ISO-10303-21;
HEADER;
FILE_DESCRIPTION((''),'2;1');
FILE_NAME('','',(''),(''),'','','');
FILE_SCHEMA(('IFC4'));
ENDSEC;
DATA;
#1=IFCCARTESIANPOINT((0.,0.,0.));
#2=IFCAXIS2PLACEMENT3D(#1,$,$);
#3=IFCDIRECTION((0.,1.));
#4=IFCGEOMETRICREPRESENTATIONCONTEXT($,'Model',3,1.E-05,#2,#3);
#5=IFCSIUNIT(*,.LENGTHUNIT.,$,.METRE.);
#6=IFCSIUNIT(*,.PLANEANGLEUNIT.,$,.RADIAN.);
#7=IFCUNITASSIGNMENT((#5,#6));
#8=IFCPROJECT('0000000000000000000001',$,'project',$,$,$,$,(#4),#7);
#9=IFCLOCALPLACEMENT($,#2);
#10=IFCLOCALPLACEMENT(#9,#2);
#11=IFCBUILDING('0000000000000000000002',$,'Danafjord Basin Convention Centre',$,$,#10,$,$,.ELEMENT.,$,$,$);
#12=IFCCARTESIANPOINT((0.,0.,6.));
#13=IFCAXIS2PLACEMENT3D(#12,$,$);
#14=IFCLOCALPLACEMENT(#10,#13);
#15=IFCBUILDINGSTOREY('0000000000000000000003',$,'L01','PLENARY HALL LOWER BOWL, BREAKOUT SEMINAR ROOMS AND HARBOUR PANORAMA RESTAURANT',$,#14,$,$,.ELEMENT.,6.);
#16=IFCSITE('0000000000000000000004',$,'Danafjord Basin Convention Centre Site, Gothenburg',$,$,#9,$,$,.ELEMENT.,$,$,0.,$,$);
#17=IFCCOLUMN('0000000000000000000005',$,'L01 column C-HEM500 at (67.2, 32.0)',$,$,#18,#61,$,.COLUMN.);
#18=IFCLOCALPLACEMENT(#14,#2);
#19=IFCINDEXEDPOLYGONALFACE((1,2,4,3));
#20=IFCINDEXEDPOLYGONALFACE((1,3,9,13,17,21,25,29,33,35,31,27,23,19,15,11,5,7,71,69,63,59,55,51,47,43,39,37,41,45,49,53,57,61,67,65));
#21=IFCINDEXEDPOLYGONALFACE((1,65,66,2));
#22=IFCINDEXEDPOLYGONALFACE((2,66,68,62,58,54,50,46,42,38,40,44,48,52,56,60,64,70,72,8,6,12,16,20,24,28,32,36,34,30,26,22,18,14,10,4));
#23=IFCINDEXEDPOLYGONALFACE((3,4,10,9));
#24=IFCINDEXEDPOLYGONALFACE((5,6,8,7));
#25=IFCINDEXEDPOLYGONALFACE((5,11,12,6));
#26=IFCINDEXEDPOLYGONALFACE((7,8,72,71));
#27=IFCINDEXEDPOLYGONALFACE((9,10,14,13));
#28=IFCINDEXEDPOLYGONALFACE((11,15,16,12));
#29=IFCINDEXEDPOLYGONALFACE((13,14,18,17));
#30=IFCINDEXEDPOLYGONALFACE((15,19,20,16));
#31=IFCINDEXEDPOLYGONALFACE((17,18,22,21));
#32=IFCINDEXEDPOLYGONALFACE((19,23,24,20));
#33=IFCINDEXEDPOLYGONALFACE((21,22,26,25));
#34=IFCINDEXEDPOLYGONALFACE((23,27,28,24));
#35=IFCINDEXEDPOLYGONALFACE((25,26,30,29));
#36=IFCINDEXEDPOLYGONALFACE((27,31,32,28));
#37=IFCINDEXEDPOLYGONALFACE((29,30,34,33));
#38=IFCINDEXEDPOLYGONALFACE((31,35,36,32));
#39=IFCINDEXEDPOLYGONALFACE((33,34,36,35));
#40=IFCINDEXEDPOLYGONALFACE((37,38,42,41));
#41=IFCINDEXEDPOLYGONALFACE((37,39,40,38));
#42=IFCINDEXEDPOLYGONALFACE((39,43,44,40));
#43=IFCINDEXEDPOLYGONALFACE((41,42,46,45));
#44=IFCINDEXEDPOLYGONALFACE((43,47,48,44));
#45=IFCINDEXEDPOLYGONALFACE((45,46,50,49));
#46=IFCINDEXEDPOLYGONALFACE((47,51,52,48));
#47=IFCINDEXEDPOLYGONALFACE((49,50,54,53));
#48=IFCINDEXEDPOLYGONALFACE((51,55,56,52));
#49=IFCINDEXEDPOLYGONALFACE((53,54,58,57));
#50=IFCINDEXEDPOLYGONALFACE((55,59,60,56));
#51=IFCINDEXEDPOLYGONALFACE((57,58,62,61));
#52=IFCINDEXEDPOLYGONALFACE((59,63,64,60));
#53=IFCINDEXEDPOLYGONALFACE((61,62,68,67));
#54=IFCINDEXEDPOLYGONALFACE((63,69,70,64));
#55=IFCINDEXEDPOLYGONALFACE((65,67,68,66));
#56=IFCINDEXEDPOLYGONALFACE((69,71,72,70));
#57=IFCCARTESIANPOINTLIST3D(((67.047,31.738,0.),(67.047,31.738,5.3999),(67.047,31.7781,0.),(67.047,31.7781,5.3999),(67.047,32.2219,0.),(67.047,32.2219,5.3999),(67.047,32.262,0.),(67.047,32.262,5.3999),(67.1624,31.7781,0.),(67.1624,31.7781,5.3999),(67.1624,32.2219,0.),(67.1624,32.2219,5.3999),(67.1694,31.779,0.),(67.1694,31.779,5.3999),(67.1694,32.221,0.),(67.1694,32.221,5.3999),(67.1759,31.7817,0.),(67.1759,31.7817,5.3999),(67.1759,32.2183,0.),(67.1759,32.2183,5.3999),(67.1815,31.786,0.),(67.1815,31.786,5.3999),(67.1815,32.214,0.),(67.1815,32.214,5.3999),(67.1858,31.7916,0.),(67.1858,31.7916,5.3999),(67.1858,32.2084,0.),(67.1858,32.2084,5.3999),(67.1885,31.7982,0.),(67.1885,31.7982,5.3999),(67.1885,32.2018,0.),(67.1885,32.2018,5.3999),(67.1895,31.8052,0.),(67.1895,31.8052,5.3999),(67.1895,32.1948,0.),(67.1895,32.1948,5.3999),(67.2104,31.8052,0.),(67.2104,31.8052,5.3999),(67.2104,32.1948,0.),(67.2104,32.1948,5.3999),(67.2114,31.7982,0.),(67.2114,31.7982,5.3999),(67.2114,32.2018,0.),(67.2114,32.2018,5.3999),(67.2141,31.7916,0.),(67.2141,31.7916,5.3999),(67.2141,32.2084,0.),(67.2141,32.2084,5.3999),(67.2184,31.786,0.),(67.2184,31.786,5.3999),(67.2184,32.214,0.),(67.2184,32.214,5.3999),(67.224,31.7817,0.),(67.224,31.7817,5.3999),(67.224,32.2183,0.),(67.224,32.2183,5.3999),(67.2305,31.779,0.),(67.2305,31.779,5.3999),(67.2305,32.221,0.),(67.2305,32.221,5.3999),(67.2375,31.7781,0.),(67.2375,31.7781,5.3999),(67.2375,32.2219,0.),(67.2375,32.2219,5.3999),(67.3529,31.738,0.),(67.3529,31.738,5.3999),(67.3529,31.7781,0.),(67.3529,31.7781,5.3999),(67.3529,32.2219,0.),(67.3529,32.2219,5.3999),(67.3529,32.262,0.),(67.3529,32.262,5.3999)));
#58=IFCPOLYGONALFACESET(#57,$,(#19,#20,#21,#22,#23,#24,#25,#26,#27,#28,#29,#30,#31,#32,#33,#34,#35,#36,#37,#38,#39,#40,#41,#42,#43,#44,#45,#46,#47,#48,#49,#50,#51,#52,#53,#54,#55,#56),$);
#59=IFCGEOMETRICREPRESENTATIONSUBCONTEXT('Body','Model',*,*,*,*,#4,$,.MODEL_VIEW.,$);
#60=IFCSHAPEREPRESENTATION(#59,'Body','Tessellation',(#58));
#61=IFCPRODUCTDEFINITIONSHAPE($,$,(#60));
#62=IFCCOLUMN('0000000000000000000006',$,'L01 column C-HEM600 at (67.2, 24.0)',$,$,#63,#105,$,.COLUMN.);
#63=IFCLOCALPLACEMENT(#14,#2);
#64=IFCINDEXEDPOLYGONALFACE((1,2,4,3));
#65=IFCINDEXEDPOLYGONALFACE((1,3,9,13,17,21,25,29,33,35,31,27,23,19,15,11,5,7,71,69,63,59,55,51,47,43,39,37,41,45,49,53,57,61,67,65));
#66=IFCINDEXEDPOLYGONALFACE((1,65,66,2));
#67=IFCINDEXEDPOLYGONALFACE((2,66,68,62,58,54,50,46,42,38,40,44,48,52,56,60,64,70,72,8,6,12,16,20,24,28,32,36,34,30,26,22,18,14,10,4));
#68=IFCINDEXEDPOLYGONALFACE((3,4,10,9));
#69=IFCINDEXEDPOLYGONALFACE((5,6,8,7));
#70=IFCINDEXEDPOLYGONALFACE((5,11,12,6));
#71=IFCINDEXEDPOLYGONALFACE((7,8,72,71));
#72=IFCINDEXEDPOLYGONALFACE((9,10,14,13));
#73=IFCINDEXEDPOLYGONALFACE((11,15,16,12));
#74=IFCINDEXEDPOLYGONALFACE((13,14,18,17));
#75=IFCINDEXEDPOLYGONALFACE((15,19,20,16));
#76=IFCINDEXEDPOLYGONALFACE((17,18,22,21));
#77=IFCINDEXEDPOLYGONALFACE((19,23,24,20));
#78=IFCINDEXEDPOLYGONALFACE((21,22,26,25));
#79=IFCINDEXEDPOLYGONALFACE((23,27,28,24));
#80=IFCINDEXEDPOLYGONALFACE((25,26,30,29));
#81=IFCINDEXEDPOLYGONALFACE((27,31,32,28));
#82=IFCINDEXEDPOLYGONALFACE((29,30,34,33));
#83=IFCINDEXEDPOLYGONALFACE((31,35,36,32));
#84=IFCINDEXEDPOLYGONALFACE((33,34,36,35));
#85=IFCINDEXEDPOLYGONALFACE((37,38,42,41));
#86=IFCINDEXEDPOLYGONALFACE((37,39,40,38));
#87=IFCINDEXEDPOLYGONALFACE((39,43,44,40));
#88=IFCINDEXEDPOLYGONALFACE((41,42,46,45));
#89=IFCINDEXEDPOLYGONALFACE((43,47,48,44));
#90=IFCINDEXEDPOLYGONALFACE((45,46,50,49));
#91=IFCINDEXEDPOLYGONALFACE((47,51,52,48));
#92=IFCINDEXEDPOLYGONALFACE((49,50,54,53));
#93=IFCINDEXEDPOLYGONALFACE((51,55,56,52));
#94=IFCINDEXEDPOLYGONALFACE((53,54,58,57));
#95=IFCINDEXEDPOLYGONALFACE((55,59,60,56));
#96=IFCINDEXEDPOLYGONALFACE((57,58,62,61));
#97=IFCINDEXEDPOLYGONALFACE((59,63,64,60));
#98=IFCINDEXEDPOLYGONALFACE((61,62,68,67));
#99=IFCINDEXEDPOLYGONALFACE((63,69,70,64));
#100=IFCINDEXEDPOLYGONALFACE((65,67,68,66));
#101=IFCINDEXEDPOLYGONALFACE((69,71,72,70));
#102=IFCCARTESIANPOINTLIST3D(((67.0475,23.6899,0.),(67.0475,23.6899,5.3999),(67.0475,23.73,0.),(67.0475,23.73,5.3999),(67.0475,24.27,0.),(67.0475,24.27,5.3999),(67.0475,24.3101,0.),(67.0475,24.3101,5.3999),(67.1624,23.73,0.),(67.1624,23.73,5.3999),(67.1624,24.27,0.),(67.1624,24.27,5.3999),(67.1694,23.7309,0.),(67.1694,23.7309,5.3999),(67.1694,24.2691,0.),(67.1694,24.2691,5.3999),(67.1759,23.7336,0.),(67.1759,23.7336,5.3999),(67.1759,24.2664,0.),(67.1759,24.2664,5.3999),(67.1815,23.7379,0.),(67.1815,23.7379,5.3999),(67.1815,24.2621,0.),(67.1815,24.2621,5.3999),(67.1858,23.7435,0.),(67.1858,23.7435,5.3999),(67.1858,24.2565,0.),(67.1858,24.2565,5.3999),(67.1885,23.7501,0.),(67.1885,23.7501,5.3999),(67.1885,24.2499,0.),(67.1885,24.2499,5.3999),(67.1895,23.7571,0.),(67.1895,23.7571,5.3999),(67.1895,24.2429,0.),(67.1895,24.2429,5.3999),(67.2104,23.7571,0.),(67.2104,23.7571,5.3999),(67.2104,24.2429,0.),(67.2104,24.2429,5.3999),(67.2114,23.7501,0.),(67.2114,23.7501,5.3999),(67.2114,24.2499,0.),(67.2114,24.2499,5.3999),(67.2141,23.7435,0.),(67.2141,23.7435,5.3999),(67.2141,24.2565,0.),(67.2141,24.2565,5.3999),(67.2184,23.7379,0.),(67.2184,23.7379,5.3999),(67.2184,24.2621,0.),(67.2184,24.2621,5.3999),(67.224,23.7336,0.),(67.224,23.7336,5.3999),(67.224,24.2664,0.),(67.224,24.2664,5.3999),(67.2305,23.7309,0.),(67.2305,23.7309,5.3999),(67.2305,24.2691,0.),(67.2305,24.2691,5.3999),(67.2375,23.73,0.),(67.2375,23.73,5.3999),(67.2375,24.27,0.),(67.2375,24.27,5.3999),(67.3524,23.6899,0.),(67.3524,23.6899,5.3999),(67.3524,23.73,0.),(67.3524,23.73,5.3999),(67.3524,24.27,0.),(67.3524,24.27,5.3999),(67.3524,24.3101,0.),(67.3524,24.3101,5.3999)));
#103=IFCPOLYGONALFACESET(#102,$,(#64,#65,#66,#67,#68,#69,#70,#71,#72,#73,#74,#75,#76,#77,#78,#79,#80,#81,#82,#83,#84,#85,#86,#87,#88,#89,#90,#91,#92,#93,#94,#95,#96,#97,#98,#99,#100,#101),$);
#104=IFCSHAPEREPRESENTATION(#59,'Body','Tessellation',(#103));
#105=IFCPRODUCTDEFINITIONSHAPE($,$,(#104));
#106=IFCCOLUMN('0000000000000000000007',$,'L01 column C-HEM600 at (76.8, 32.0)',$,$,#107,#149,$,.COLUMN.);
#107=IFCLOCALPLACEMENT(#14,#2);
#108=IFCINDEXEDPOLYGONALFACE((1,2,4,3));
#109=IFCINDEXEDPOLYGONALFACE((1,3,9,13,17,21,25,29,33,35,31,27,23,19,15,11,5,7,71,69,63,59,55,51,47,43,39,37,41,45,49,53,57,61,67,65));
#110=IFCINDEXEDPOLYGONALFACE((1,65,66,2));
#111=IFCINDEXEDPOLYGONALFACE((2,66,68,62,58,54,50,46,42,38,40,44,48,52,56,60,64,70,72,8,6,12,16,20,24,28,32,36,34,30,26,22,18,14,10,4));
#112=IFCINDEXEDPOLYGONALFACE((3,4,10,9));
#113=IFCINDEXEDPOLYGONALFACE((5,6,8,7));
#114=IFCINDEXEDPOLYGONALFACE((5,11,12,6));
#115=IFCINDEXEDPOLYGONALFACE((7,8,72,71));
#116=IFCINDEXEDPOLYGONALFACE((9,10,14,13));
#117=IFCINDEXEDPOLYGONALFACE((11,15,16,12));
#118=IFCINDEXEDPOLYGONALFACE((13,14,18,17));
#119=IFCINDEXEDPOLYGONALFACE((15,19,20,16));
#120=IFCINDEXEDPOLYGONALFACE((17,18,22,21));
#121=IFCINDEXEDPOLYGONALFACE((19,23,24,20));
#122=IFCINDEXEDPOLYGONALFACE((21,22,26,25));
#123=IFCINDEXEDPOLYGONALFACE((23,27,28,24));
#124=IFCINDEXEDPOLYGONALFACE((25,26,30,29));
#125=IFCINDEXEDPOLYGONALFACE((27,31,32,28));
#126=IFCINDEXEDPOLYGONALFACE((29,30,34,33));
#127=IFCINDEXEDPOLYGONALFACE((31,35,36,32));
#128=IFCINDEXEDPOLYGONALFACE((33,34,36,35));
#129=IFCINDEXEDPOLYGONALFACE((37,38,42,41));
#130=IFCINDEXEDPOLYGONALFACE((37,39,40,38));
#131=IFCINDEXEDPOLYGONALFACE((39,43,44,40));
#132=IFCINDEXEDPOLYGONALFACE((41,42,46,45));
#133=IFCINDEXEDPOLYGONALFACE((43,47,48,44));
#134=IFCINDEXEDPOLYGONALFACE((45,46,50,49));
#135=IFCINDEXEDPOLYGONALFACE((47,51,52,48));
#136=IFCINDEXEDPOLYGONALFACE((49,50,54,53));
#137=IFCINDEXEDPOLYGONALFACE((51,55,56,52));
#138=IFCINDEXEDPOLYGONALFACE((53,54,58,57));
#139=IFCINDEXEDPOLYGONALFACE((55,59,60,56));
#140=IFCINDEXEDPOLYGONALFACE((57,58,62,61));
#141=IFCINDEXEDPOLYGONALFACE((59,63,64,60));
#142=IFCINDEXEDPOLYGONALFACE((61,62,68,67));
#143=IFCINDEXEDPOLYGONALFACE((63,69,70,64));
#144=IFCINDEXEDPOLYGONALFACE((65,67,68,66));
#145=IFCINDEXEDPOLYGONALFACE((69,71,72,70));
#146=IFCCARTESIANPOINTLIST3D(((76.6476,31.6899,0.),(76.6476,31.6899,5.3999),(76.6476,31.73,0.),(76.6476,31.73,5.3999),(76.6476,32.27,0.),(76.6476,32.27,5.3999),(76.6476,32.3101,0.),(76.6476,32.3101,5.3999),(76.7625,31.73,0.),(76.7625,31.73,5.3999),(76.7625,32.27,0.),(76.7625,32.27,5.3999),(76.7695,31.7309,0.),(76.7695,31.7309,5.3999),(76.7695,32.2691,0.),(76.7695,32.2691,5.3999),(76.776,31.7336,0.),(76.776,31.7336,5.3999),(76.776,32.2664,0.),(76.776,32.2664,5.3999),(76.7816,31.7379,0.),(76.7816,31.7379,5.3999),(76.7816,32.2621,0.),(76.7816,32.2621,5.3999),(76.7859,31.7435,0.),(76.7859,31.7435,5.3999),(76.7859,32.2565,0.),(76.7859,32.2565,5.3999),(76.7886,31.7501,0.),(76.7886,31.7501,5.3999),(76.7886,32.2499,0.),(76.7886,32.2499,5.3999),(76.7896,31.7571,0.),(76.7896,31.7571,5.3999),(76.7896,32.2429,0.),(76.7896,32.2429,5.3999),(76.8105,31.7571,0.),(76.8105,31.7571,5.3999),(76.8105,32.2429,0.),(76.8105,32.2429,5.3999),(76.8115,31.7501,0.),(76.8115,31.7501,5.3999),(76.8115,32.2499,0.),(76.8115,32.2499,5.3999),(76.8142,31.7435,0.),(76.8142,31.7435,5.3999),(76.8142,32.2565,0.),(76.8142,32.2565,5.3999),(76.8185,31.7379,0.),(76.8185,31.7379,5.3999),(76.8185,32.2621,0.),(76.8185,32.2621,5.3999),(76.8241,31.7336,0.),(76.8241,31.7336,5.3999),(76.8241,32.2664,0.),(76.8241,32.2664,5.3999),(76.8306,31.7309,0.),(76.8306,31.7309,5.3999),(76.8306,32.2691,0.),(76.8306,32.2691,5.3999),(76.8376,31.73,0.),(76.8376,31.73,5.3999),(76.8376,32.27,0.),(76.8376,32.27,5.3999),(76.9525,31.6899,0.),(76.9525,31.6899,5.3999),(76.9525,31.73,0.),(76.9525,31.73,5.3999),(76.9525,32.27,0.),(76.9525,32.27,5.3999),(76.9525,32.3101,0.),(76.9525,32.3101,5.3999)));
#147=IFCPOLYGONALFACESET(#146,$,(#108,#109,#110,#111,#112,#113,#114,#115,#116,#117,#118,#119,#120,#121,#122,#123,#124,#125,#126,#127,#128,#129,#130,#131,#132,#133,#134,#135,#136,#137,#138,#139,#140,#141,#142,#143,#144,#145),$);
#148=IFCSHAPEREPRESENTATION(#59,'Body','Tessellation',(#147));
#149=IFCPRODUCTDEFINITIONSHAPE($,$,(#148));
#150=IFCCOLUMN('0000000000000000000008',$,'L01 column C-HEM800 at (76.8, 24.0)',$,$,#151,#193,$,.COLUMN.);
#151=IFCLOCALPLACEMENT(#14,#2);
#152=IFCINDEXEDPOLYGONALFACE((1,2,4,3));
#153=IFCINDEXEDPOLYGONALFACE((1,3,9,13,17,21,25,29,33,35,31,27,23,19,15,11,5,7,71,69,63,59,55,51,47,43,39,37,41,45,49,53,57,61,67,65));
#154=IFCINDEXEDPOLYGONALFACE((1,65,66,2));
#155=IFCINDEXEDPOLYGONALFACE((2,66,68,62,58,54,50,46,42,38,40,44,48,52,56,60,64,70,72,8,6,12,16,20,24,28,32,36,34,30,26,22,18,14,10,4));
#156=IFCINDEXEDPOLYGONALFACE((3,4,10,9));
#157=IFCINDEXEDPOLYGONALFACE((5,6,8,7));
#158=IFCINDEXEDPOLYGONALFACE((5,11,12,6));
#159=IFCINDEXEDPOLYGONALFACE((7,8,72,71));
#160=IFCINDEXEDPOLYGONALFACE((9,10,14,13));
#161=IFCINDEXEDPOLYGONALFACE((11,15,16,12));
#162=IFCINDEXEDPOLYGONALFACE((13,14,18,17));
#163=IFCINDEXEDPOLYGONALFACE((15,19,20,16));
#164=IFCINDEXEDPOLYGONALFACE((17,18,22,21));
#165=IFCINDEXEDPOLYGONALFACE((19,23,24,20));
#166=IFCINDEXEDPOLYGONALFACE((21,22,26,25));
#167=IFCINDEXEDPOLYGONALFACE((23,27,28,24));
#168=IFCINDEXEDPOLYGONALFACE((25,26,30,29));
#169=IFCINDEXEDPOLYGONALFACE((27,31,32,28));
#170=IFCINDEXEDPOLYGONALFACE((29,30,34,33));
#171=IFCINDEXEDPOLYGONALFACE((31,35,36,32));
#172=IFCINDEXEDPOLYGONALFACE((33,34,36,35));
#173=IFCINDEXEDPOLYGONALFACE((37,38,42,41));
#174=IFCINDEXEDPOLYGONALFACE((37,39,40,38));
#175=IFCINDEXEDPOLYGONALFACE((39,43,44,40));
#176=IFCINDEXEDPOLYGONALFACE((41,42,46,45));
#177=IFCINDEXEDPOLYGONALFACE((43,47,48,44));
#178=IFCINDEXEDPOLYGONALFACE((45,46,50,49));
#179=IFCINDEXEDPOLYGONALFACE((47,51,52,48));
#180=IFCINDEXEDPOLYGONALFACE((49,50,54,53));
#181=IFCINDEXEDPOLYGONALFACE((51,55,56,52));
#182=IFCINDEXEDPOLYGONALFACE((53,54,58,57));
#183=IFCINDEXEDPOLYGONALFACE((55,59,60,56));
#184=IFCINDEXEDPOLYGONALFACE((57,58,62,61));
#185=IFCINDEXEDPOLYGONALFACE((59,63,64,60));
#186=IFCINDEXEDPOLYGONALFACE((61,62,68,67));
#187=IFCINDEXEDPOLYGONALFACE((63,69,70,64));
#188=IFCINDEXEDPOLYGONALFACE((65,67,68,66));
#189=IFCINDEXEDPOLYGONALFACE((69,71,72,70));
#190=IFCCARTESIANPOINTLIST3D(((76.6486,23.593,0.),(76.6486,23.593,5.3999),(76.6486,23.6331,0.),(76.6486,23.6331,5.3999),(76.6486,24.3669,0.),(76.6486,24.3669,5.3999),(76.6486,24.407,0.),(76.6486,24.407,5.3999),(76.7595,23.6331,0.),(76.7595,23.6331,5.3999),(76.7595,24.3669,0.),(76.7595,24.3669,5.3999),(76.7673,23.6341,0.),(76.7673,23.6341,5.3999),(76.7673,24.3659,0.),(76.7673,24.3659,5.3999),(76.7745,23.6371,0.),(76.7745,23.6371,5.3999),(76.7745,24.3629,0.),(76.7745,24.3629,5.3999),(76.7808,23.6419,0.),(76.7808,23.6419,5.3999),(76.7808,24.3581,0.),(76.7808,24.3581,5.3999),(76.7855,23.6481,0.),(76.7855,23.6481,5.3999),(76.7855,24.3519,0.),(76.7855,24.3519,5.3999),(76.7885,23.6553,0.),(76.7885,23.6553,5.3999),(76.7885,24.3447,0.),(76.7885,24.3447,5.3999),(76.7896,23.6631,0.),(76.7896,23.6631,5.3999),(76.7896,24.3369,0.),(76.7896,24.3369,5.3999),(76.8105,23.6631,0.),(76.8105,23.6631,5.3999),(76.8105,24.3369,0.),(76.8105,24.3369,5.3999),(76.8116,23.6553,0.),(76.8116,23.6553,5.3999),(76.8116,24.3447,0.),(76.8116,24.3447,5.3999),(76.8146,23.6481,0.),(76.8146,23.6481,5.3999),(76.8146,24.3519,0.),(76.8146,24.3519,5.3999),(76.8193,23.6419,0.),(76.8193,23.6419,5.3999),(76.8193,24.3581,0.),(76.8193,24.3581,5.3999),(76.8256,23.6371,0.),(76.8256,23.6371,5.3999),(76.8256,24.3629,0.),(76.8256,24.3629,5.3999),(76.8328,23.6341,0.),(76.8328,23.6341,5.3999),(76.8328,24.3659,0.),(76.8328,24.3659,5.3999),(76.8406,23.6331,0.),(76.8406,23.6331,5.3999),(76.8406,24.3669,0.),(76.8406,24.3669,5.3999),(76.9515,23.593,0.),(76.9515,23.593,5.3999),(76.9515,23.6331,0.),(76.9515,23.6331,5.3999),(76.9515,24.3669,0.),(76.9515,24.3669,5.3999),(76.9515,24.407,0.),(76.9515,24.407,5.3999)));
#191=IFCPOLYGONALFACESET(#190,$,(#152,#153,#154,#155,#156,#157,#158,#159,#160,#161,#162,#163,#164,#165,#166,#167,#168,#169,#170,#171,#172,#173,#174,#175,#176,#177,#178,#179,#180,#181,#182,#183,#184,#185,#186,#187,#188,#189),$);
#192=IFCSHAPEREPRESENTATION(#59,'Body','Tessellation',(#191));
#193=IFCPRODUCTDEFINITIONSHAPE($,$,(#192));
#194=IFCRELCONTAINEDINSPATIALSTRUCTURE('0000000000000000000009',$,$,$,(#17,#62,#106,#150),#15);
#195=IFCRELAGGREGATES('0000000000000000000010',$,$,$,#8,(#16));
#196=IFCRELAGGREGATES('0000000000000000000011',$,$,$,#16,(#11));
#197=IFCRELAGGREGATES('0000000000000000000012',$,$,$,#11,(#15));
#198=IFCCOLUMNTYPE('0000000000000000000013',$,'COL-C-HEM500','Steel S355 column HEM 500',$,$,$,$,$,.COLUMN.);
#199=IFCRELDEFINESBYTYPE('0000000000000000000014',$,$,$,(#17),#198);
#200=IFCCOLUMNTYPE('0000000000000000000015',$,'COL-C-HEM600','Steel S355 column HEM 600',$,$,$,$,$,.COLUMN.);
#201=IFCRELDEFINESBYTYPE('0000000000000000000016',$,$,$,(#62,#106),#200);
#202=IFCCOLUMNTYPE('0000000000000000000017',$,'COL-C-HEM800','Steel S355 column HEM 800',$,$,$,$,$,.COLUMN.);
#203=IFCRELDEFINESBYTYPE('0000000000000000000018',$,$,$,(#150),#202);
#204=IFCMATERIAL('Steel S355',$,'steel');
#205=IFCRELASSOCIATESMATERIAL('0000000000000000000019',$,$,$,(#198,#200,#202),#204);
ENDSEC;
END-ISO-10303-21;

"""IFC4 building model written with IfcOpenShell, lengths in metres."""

from ifc_helpers import new_model, si_unit, direction, frame, origin, origin_2d, place, context, subcontext, project, spatial, i_section, extrude, material, material_profile, profile_set, type_object, element, save


model = new_model("IFC4")

# Units and contexts
model_context = context("Model", 3, precision=1e-05, world=origin(), true_north=direction((0.0, 1.0)))
body_context = subcontext(model_context, "Body", "Model", "MODEL_VIEW")
ifc_project = project(units=[si_unit("LENGTHUNIT", "METRE"), si_unit("PLANEANGLEUNIT", "RADIAN")], contexts=[model_context])

# Site, building, storey
site_placement = place(None, origin())
site = spatial("IfcSite", under=ifc_project, at=site_placement, Name="Danafjord Basin Convention Centre Site, Gothenburg", CompositionType="ELEMENT", RefElevation=0.0)
building_placement = place(site_placement, origin())
building = spatial("IfcBuilding", under=site, at=building_placement, Name="Danafjord Basin Convention Centre", CompositionType="ELEMENT")
storey_placement = place(building_placement, frame((0.0, 0.0, 6.0)))
storey = spatial("IfcBuildingStorey", under=building, at=storey_placement, Name="L01", Description="PLENARY HALL LOWER BOWL, BREAKOUT SEMINAR ROOMS AND HARBOUR PANORAMA RESTAURANT", CompositionType="ELEMENT", Elevation=6.0)

# Columns
ifc_material_1 = material(Name="Steel S355", Category="steel")
ifc_material_profile_1 = material_profile(ifc_material_1, i_section(OverallWidth=0.3059, OverallDepth=0.5239, WebThickness=0.021, FlangeThickness=0.04, FilletRadius=0.0271, at=origin_2d()), Name="HEM 500")
ifc_profile_set_1 = profile_set([ifc_material_profile_1], Name="Steel S355")
column_type_1 = type_object("IfcColumnType", Name="COL-C-HEM500", Description="Steel S355 column HEM 500", PredefinedType="COLUMN", material=ifc_profile_set_1)
column_1_placement = place(storey_placement, frame((67.2, 32.0, 0.0), z_axis=(0.0, 0.0, 1.0), x_axis=(1.0, 0.0, 0.0)))
element("IfcColumn", 1, at=column_1_placement, inside=storey, type_object=column_type_1, Name="L01 column C-HEM500 at (67.2, 32.0)", PredefinedType="COLUMN", context=body_context, shape_type="SweptSolid", body=[
    extrude(i_section(OverallWidth=0.3059, OverallDepth=0.5239, WebThickness=0.021, FlangeThickness=0.04, FilletRadius=0.0271, at=origin_2d()), origin(), (0.0, 0.0, 1.0), 5.3999),
])
ifc_material_profile_2 = material_profile(ifc_material_1, i_section(OverallWidth=0.3049, OverallDepth=0.6201, WebThickness=0.021, FlangeThickness=0.04, FilletRadius=0.0271, at=origin_2d()), Name="HEM 600")
ifc_profile_set_2 = profile_set([ifc_material_profile_2], Name="Steel S355")
column_type_2 = type_object("IfcColumnType", Name="COL-C-HEM600", Description="Steel S355 column HEM 600", PredefinedType="COLUMN", material=ifc_profile_set_2)
for number, where, z_axis, x_axis, name in (
    (2, (67.2, 24.0, 0.0), (0.0, 0.0, 1.0), (1.0, 0.0, 0.0), "L01 column C-HEM600 at (67.2, 24.0)"),
    (3, (76.8, 32.0, 0.0), (0.0, 0.0, 1.0), (1.0, 0.0, 0.0), "L01 column C-HEM600 at (76.8, 32.0)"),
):
    element("IfcColumn", number, at=place(storey_placement, frame(where, z_axis=z_axis, x_axis=x_axis)), inside=storey, type_object=column_type_2, Name=name, PredefinedType="COLUMN", context=body_context, shape_type="SweptSolid", body=[
        extrude(i_section(OverallWidth=0.3049, OverallDepth=0.6201, WebThickness=0.021, FlangeThickness=0.04, FilletRadius=0.0271, at=origin_2d()), origin(), (0.0, 0.0, 1.0), 5.3999),
    ])
ifc_material_profile_3 = material_profile(ifc_material_1, i_section(OverallWidth=0.303, OverallDepth=0.814, WebThickness=0.021, FlangeThickness=0.04, FilletRadius=0.03, at=origin_2d()), Name="HEM 800")
ifc_profile_set_3 = profile_set([ifc_material_profile_3], Name="Steel S355")
column_type_3 = type_object("IfcColumnType", Name="COL-C-HEM800", Description="Steel S355 column HEM 800", PredefinedType="COLUMN", material=ifc_profile_set_3)
column_2_placement = place(storey_placement, frame((76.8, 24.0, 0.0), z_axis=(0.0, 0.0, 1.0), x_axis=(1.0, 0.0, 0.0)))
element("IfcColumn", 4, at=column_2_placement, inside=storey, type_object=column_type_3, Name="L01 column C-HEM800 at (76.8, 24.0)", PredefinedType="COLUMN", context=body_context, shape_type="SweptSolid", body=[
    extrude(i_section(OverallWidth=0.303, OverallDepth=0.814, WebThickness=0.021, FlangeThickness=0.04, FilletRadius=0.03, at=origin_2d()), origin(), (0.0, 0.0, 1.0), 5.3999),
])

save(model, "model.ifc")
